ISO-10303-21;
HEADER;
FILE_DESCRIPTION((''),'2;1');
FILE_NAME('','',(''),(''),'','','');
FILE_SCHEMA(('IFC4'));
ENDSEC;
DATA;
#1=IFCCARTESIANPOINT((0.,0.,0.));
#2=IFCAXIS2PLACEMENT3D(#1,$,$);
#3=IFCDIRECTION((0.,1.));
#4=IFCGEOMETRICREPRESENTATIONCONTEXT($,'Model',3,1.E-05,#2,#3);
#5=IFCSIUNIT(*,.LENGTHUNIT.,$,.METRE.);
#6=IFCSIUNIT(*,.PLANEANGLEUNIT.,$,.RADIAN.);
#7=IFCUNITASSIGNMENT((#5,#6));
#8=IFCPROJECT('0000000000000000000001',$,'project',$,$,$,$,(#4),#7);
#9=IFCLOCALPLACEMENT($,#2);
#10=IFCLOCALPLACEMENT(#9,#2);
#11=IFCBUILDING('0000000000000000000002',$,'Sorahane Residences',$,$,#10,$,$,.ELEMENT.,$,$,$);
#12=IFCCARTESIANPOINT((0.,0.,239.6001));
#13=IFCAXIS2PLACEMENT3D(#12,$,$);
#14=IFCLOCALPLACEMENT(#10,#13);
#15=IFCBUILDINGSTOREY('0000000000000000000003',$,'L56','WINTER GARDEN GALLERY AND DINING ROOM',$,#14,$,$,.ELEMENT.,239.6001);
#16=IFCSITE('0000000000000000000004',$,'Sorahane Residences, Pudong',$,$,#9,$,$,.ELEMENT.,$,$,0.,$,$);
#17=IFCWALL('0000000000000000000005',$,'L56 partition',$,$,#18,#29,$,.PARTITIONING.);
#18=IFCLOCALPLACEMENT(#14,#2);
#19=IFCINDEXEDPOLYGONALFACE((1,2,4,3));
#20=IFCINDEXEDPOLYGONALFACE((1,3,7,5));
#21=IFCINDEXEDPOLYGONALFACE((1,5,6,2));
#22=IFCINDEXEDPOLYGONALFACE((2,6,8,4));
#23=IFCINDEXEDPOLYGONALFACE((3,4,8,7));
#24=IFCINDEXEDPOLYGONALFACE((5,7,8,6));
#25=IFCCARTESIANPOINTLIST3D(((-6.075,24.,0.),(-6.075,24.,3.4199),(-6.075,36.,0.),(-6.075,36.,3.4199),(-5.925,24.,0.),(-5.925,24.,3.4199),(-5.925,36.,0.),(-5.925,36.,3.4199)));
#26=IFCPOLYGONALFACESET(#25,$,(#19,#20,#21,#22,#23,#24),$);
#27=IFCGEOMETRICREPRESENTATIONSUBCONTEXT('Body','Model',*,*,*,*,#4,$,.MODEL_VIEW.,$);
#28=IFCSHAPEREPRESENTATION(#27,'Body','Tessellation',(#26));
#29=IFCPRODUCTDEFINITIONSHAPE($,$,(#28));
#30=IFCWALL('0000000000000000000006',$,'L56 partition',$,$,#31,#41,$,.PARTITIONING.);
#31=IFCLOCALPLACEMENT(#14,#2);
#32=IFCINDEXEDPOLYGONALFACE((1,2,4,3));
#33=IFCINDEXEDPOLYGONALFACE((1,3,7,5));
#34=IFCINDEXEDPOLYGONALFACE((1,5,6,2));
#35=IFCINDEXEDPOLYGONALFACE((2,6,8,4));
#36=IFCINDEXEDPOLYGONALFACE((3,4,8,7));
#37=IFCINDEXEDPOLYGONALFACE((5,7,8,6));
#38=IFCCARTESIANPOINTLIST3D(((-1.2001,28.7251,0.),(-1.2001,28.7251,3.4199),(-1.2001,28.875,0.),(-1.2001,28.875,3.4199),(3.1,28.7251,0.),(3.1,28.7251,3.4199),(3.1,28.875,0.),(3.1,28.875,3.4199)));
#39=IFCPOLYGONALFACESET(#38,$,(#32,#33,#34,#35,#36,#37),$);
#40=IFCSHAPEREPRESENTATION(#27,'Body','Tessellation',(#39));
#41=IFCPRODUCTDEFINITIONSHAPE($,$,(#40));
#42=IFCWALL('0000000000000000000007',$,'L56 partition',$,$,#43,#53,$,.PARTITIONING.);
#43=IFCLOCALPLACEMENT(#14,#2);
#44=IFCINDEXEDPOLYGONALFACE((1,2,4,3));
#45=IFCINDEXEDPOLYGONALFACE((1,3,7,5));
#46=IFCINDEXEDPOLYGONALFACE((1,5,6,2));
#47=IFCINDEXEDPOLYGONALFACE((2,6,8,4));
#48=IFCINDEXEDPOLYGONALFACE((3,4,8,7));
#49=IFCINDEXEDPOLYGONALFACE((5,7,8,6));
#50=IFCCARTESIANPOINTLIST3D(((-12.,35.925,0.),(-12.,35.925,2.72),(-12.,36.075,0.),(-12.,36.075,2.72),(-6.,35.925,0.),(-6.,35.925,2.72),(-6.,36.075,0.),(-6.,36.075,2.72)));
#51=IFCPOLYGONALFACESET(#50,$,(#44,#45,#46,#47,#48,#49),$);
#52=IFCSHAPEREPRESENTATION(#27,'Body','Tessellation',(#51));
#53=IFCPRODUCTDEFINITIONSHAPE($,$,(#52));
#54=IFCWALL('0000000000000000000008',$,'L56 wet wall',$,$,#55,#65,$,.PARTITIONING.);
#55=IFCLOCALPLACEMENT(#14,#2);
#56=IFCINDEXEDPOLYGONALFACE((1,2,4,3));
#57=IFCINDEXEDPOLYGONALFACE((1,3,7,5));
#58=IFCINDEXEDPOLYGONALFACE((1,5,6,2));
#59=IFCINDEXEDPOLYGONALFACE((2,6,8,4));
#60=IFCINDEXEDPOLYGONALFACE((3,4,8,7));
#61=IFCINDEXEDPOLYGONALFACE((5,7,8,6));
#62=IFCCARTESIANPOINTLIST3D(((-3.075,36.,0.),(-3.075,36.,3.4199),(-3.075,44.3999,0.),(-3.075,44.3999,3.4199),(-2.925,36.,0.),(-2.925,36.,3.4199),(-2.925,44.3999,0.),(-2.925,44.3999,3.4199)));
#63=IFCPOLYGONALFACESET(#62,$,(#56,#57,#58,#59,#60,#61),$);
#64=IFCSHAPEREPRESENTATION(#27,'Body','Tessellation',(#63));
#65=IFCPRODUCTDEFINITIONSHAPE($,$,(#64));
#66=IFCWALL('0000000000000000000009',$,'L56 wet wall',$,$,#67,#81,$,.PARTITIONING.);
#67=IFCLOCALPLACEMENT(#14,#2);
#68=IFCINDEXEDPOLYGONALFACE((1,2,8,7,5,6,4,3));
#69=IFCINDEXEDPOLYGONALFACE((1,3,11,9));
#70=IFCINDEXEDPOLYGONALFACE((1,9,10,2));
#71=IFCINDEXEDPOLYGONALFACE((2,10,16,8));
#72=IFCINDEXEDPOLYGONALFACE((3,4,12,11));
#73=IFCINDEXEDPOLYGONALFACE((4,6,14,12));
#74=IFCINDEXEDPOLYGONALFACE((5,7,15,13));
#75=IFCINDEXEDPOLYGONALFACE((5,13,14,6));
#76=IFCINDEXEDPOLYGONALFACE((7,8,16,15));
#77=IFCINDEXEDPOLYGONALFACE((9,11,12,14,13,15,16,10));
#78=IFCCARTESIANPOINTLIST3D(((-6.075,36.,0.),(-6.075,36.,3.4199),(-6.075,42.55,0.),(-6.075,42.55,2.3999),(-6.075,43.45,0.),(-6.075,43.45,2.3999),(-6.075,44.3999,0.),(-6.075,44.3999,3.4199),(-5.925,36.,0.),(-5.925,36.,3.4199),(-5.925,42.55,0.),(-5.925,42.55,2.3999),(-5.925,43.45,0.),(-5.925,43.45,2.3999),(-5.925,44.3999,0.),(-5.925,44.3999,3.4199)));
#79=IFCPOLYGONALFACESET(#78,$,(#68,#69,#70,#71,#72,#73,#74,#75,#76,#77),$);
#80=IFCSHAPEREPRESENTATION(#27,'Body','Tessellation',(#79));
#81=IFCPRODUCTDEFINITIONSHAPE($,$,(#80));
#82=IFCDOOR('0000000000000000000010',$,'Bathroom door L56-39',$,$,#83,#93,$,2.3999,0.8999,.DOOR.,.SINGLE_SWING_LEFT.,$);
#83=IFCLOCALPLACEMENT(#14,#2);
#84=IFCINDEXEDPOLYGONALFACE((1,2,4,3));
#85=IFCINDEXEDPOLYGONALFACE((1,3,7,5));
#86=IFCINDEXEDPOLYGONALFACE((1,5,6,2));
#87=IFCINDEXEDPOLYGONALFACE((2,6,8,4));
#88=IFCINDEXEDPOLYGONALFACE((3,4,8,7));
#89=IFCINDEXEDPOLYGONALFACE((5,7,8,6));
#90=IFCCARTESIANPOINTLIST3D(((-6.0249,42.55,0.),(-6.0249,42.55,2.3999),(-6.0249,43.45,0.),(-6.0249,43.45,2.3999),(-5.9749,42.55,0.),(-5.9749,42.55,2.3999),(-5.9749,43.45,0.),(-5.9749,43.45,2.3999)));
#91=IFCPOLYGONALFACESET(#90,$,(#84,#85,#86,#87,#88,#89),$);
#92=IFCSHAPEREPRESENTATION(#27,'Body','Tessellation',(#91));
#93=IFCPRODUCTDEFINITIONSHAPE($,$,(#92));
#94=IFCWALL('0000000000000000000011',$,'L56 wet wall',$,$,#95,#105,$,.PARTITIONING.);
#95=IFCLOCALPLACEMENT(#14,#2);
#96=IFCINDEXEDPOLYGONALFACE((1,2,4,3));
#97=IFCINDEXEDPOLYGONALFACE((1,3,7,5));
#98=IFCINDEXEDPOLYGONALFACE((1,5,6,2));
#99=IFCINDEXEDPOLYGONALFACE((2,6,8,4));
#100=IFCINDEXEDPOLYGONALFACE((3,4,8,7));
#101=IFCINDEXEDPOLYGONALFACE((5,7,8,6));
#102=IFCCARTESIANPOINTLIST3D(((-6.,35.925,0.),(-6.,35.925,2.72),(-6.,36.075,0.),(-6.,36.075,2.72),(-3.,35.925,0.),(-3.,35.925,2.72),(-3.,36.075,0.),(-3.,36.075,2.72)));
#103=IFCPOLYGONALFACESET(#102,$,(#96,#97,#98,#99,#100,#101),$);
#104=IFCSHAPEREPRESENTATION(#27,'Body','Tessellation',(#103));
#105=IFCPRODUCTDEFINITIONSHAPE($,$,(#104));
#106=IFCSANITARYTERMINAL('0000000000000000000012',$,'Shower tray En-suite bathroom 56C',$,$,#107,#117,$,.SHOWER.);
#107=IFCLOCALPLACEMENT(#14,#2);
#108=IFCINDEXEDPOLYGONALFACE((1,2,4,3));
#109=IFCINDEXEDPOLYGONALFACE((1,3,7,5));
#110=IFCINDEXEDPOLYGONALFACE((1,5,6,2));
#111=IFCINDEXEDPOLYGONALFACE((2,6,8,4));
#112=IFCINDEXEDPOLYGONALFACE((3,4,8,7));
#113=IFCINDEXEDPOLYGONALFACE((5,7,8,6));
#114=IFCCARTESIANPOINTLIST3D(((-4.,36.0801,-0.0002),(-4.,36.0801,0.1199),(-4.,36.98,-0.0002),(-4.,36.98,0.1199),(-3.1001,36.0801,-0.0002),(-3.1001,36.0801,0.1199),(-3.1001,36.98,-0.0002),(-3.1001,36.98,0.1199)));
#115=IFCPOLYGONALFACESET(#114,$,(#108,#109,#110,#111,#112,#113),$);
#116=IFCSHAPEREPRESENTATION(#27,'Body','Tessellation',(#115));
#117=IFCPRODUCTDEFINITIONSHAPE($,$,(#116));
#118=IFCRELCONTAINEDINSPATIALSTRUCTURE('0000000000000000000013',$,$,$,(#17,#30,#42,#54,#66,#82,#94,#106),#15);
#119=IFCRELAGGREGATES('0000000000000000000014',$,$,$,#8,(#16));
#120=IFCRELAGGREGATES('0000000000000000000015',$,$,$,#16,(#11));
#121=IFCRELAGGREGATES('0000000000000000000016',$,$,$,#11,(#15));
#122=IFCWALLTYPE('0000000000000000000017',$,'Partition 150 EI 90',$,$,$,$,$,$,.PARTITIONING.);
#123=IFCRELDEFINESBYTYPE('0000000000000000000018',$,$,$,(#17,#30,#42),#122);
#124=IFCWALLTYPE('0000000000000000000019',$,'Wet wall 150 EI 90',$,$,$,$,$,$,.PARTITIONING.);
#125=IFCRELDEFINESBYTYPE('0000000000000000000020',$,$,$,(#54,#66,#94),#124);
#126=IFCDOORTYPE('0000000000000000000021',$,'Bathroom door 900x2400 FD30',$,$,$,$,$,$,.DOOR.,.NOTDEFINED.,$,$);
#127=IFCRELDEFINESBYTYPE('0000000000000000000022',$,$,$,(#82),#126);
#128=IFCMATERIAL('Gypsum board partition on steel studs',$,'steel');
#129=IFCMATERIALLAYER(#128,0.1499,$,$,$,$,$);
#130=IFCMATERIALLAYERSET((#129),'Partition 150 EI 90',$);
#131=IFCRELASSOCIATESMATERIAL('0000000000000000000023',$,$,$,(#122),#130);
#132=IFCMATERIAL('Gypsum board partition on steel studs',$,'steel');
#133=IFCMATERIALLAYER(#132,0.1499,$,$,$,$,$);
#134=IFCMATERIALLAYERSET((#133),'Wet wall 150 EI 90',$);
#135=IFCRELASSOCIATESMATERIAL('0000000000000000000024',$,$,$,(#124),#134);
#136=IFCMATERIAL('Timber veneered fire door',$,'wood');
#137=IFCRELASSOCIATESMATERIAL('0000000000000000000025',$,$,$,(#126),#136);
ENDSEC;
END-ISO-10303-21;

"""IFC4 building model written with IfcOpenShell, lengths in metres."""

from ifc_helpers import new_model, si_unit, direction, frame, frame_2d, origin, origin_2d, place, context, subcontext, project, spatial, rectangle, extrude, material, layer, layer_set, type_object, element, fill, save


model = new_model("IFC4")

# Units and contexts
model_context = context("Model", 3, precision=1e-05, world=origin(), true_north=direction((0.0, 1.0)))
body_context = subcontext(model_context, "Body", "Model", "MODEL_VIEW")
ifc_project = project(units=[si_unit("LENGTHUNIT", "METRE"), si_unit("PLANEANGLEUNIT", "RADIAN")], contexts=[model_context])

# Site, building, storey
site_placement = place(None, origin())
site = spatial("IfcSite", under=ifc_project, at=site_placement, Name="Sorahane Residences, Pudong", CompositionType="ELEMENT", RefElevation=0.0)
building_placement = place(site_placement, origin())
building = spatial("IfcBuilding", under=site, at=building_placement, Name="Sorahane Residences", CompositionType="ELEMENT")
storey_placement = place(building_placement, frame((0.0, 0.0, 239.6001)))
storey = spatial("IfcBuildingStorey", under=building, at=storey_placement, Name="L56", Description="WINTER GARDEN GALLERY AND DINING ROOM", CompositionType="ELEMENT", Elevation=239.6001)

# Wall
ifc_material_1 = material(Name="Gypsum board partition on steel studs", Category="steel")
ifc_layer_1 = layer(ifc_material_1, 0.1499)
ifc_layer_set_1 = layer_set([ifc_layer_1], Name="Partition 150 EI 90")
wall_type_1 = type_object("IfcWallType", Name="Partition 150 EI 90", PredefinedType="PARTITIONING", material=ifc_layer_set_1)
wall_1_placement = place(storey_placement, frame((-6.0, 24.0, 0.0), z_axis=(0.0, 0.0, 1.0), x_axis=(0.0, 1.0, 0.0)))
element("IfcWall", 1, at=wall_1_placement, inside=storey, type_object=wall_type_1, Name="L56 partition", PredefinedType="PARTITIONING", context=body_context, shape_type="SweptSolid", body=[
    extrude(rectangle(XDim=12.0, YDim=0.1499, at=frame_2d((6.0, 0.0))), origin(), (0.0, 0.0, 1.0), 3.4199),
])

# Walls
wall_2_placement = place(storey_placement, frame((-1.2, 28.8, 0.0), z_axis=(0.0, 0.0, 1.0), x_axis=(1.0, 0.0, 0.0)))
element("IfcWall", 2, at=wall_2_placement, inside=storey, type_object=wall_type_1, Name="L56 partition", PredefinedType="PARTITIONING", context=body_context, shape_type="SweptSolid", body=[
    extrude(rectangle(XDim=4.3, YDim=0.1499, at=frame_2d((2.1499, 0.0))), origin(), (0.0, 0.0, 1.0), 3.4199),
])
wall_3_placement = place(storey_placement, frame((-12.0, 36.0, 0.0), z_axis=(0.0, 0.0, 1.0), x_axis=(1.0, 0.0, 0.0)))
element("IfcWall", 3, at=wall_3_placement, inside=storey, type_object=wall_type_1, Name="L56 partition", PredefinedType="PARTITIONING", context=body_context, shape_type="SweptSolid", body=[
    extrude(rectangle(XDim=6.0, YDim=0.1499, at=frame_2d((3.0, 0.0))), origin(), (0.0, 0.0, 1.0), 2.72),
])
ifc_material_2 = material(Name="Gypsum board partition on steel studs", Category="steel")
ifc_layer_2 = layer(ifc_material_2, 0.1499)
ifc_layer_set_2 = layer_set([ifc_layer_2], Name="Wet wall 150 EI 90")
wall_type_2 = type_object("IfcWallType", Name="Wet wall 150 EI 90", PredefinedType="PARTITIONING", material=ifc_layer_set_2)
wall_4_placement = place(storey_placement, frame((-3.0, 36.0, 0.0), z_axis=(0.0, 0.0, 1.0), x_axis=(0.0, 1.0, 0.0)))
element("IfcWall", 4, at=wall_4_placement, inside=storey, type_object=wall_type_2, Name="L56 wet wall", PredefinedType="PARTITIONING", context=body_context, shape_type="SweptSolid", body=[
    extrude(rectangle(XDim=8.3999, YDim=0.1499, at=frame_2d((4.2, 0.0))), origin(), (0.0, 0.0, 1.0), 3.4199),
])

# Wall, opening, door
wall_5_placement = place(storey_placement, frame((-6.0, 36.0, 0.0), z_axis=(0.0, 0.0, 1.0), x_axis=(0.0, 1.0, 0.0)))
wall_5 = element("IfcWall", 5, at=wall_5_placement, inside=storey, type_object=wall_type_2, Name="L56 wet wall", PredefinedType="PARTITIONING", context=body_context, shape_type="SweptSolid", body=[
    extrude(rectangle(XDim=8.3999, YDim=0.1499, at=frame_2d((4.2, 0.0))), origin(), (0.0, 0.0, 1.0), 3.4199),
])
opening_1_placement = place(wall_5_placement, frame((6.55, 0.0, 0.0)))
opening_1 = element("IfcOpeningElement", 6, at=opening_1_placement, cuts=wall_5, PredefinedType="OPENING", context=body_context, shape_type="SweptSolid", body=[
    extrude(rectangle(XDim=0.8999, YDim=2.3999, at=frame_2d((0.45, 1.2))), frame((0.0, 0.085, 0.0), z_axis=(0.0, -1.0, 0.0), x_axis=(1.0, 0.0, 0.0)), (0.0, 0.0, 1.0), 0.1699),
])
ifc_material_3 = material(Name="Timber veneered fire door", Category="wood")
door_type_1 = type_object("IfcDoorType", Name="Bathroom door 900x2400 FD30", OperationType="NOTDEFINED", PredefinedType="DOOR", material=ifc_material_3)
door_1_placement = place(opening_1_placement, origin())
door_1 = element("IfcDoor", 7, at=door_1_placement, inside=storey, type_object=door_type_1, Name="Bathroom door L56-39", OperationType="SINGLE_SWING_LEFT", OverallHeight=2.3999, OverallWidth=0.8999, PredefinedType="DOOR", context=body_context, shape_type="SweptSolid", body=[
    extrude(rectangle(XDim=0.8999, YDim=2.3999, at=frame_2d((0.45, 1.2))), frame((0.0, 0.0249, 0.0), z_axis=(0.0, -1.0, 0.0), x_axis=(1.0, 0.0, 0.0)), (0.0, 0.0, 1.0), 0.05),
])
fill(opening_1, door_1)

# Wall
wall_6_placement = place(storey_placement, frame((-6.0, 36.0, 0.0), z_axis=(0.0, 0.0, 1.0), x_axis=(1.0, 0.0, 0.0)))
element("IfcWall", 8, at=wall_6_placement, inside=storey, type_object=wall_type_2, Name="L56 wet wall", PredefinedType="PARTITIONING", context=body_context, shape_type="SweptSolid", body=[
    extrude(rectangle(XDim=3.0, YDim=0.1499, at=frame_2d((1.5, 0.0))), origin(), (0.0, 0.0, 1.0), 2.72),
])

# Sanitary terminal
sanitary_terminal_placement = place(storey_placement, frame((-3.55, 36.53, -0.0002), z_axis=(0.0, 0.0, 1.0), x_axis=(0.0, -1.0, 0.0)))
element("IfcSanitaryTerminal", 9, at=sanitary_terminal_placement, inside=storey, Name="Shower tray En-suite bathroom 56C", PredefinedType="SHOWER", context=body_context, shape_type="SweptSolid", body=[
    extrude(rectangle(XDim=0.8999, YDim=0.8999, at=origin_2d()), origin(), (0.0, 0.0, 1.0), 0.1201),
])

save(model, "model.ifc")
